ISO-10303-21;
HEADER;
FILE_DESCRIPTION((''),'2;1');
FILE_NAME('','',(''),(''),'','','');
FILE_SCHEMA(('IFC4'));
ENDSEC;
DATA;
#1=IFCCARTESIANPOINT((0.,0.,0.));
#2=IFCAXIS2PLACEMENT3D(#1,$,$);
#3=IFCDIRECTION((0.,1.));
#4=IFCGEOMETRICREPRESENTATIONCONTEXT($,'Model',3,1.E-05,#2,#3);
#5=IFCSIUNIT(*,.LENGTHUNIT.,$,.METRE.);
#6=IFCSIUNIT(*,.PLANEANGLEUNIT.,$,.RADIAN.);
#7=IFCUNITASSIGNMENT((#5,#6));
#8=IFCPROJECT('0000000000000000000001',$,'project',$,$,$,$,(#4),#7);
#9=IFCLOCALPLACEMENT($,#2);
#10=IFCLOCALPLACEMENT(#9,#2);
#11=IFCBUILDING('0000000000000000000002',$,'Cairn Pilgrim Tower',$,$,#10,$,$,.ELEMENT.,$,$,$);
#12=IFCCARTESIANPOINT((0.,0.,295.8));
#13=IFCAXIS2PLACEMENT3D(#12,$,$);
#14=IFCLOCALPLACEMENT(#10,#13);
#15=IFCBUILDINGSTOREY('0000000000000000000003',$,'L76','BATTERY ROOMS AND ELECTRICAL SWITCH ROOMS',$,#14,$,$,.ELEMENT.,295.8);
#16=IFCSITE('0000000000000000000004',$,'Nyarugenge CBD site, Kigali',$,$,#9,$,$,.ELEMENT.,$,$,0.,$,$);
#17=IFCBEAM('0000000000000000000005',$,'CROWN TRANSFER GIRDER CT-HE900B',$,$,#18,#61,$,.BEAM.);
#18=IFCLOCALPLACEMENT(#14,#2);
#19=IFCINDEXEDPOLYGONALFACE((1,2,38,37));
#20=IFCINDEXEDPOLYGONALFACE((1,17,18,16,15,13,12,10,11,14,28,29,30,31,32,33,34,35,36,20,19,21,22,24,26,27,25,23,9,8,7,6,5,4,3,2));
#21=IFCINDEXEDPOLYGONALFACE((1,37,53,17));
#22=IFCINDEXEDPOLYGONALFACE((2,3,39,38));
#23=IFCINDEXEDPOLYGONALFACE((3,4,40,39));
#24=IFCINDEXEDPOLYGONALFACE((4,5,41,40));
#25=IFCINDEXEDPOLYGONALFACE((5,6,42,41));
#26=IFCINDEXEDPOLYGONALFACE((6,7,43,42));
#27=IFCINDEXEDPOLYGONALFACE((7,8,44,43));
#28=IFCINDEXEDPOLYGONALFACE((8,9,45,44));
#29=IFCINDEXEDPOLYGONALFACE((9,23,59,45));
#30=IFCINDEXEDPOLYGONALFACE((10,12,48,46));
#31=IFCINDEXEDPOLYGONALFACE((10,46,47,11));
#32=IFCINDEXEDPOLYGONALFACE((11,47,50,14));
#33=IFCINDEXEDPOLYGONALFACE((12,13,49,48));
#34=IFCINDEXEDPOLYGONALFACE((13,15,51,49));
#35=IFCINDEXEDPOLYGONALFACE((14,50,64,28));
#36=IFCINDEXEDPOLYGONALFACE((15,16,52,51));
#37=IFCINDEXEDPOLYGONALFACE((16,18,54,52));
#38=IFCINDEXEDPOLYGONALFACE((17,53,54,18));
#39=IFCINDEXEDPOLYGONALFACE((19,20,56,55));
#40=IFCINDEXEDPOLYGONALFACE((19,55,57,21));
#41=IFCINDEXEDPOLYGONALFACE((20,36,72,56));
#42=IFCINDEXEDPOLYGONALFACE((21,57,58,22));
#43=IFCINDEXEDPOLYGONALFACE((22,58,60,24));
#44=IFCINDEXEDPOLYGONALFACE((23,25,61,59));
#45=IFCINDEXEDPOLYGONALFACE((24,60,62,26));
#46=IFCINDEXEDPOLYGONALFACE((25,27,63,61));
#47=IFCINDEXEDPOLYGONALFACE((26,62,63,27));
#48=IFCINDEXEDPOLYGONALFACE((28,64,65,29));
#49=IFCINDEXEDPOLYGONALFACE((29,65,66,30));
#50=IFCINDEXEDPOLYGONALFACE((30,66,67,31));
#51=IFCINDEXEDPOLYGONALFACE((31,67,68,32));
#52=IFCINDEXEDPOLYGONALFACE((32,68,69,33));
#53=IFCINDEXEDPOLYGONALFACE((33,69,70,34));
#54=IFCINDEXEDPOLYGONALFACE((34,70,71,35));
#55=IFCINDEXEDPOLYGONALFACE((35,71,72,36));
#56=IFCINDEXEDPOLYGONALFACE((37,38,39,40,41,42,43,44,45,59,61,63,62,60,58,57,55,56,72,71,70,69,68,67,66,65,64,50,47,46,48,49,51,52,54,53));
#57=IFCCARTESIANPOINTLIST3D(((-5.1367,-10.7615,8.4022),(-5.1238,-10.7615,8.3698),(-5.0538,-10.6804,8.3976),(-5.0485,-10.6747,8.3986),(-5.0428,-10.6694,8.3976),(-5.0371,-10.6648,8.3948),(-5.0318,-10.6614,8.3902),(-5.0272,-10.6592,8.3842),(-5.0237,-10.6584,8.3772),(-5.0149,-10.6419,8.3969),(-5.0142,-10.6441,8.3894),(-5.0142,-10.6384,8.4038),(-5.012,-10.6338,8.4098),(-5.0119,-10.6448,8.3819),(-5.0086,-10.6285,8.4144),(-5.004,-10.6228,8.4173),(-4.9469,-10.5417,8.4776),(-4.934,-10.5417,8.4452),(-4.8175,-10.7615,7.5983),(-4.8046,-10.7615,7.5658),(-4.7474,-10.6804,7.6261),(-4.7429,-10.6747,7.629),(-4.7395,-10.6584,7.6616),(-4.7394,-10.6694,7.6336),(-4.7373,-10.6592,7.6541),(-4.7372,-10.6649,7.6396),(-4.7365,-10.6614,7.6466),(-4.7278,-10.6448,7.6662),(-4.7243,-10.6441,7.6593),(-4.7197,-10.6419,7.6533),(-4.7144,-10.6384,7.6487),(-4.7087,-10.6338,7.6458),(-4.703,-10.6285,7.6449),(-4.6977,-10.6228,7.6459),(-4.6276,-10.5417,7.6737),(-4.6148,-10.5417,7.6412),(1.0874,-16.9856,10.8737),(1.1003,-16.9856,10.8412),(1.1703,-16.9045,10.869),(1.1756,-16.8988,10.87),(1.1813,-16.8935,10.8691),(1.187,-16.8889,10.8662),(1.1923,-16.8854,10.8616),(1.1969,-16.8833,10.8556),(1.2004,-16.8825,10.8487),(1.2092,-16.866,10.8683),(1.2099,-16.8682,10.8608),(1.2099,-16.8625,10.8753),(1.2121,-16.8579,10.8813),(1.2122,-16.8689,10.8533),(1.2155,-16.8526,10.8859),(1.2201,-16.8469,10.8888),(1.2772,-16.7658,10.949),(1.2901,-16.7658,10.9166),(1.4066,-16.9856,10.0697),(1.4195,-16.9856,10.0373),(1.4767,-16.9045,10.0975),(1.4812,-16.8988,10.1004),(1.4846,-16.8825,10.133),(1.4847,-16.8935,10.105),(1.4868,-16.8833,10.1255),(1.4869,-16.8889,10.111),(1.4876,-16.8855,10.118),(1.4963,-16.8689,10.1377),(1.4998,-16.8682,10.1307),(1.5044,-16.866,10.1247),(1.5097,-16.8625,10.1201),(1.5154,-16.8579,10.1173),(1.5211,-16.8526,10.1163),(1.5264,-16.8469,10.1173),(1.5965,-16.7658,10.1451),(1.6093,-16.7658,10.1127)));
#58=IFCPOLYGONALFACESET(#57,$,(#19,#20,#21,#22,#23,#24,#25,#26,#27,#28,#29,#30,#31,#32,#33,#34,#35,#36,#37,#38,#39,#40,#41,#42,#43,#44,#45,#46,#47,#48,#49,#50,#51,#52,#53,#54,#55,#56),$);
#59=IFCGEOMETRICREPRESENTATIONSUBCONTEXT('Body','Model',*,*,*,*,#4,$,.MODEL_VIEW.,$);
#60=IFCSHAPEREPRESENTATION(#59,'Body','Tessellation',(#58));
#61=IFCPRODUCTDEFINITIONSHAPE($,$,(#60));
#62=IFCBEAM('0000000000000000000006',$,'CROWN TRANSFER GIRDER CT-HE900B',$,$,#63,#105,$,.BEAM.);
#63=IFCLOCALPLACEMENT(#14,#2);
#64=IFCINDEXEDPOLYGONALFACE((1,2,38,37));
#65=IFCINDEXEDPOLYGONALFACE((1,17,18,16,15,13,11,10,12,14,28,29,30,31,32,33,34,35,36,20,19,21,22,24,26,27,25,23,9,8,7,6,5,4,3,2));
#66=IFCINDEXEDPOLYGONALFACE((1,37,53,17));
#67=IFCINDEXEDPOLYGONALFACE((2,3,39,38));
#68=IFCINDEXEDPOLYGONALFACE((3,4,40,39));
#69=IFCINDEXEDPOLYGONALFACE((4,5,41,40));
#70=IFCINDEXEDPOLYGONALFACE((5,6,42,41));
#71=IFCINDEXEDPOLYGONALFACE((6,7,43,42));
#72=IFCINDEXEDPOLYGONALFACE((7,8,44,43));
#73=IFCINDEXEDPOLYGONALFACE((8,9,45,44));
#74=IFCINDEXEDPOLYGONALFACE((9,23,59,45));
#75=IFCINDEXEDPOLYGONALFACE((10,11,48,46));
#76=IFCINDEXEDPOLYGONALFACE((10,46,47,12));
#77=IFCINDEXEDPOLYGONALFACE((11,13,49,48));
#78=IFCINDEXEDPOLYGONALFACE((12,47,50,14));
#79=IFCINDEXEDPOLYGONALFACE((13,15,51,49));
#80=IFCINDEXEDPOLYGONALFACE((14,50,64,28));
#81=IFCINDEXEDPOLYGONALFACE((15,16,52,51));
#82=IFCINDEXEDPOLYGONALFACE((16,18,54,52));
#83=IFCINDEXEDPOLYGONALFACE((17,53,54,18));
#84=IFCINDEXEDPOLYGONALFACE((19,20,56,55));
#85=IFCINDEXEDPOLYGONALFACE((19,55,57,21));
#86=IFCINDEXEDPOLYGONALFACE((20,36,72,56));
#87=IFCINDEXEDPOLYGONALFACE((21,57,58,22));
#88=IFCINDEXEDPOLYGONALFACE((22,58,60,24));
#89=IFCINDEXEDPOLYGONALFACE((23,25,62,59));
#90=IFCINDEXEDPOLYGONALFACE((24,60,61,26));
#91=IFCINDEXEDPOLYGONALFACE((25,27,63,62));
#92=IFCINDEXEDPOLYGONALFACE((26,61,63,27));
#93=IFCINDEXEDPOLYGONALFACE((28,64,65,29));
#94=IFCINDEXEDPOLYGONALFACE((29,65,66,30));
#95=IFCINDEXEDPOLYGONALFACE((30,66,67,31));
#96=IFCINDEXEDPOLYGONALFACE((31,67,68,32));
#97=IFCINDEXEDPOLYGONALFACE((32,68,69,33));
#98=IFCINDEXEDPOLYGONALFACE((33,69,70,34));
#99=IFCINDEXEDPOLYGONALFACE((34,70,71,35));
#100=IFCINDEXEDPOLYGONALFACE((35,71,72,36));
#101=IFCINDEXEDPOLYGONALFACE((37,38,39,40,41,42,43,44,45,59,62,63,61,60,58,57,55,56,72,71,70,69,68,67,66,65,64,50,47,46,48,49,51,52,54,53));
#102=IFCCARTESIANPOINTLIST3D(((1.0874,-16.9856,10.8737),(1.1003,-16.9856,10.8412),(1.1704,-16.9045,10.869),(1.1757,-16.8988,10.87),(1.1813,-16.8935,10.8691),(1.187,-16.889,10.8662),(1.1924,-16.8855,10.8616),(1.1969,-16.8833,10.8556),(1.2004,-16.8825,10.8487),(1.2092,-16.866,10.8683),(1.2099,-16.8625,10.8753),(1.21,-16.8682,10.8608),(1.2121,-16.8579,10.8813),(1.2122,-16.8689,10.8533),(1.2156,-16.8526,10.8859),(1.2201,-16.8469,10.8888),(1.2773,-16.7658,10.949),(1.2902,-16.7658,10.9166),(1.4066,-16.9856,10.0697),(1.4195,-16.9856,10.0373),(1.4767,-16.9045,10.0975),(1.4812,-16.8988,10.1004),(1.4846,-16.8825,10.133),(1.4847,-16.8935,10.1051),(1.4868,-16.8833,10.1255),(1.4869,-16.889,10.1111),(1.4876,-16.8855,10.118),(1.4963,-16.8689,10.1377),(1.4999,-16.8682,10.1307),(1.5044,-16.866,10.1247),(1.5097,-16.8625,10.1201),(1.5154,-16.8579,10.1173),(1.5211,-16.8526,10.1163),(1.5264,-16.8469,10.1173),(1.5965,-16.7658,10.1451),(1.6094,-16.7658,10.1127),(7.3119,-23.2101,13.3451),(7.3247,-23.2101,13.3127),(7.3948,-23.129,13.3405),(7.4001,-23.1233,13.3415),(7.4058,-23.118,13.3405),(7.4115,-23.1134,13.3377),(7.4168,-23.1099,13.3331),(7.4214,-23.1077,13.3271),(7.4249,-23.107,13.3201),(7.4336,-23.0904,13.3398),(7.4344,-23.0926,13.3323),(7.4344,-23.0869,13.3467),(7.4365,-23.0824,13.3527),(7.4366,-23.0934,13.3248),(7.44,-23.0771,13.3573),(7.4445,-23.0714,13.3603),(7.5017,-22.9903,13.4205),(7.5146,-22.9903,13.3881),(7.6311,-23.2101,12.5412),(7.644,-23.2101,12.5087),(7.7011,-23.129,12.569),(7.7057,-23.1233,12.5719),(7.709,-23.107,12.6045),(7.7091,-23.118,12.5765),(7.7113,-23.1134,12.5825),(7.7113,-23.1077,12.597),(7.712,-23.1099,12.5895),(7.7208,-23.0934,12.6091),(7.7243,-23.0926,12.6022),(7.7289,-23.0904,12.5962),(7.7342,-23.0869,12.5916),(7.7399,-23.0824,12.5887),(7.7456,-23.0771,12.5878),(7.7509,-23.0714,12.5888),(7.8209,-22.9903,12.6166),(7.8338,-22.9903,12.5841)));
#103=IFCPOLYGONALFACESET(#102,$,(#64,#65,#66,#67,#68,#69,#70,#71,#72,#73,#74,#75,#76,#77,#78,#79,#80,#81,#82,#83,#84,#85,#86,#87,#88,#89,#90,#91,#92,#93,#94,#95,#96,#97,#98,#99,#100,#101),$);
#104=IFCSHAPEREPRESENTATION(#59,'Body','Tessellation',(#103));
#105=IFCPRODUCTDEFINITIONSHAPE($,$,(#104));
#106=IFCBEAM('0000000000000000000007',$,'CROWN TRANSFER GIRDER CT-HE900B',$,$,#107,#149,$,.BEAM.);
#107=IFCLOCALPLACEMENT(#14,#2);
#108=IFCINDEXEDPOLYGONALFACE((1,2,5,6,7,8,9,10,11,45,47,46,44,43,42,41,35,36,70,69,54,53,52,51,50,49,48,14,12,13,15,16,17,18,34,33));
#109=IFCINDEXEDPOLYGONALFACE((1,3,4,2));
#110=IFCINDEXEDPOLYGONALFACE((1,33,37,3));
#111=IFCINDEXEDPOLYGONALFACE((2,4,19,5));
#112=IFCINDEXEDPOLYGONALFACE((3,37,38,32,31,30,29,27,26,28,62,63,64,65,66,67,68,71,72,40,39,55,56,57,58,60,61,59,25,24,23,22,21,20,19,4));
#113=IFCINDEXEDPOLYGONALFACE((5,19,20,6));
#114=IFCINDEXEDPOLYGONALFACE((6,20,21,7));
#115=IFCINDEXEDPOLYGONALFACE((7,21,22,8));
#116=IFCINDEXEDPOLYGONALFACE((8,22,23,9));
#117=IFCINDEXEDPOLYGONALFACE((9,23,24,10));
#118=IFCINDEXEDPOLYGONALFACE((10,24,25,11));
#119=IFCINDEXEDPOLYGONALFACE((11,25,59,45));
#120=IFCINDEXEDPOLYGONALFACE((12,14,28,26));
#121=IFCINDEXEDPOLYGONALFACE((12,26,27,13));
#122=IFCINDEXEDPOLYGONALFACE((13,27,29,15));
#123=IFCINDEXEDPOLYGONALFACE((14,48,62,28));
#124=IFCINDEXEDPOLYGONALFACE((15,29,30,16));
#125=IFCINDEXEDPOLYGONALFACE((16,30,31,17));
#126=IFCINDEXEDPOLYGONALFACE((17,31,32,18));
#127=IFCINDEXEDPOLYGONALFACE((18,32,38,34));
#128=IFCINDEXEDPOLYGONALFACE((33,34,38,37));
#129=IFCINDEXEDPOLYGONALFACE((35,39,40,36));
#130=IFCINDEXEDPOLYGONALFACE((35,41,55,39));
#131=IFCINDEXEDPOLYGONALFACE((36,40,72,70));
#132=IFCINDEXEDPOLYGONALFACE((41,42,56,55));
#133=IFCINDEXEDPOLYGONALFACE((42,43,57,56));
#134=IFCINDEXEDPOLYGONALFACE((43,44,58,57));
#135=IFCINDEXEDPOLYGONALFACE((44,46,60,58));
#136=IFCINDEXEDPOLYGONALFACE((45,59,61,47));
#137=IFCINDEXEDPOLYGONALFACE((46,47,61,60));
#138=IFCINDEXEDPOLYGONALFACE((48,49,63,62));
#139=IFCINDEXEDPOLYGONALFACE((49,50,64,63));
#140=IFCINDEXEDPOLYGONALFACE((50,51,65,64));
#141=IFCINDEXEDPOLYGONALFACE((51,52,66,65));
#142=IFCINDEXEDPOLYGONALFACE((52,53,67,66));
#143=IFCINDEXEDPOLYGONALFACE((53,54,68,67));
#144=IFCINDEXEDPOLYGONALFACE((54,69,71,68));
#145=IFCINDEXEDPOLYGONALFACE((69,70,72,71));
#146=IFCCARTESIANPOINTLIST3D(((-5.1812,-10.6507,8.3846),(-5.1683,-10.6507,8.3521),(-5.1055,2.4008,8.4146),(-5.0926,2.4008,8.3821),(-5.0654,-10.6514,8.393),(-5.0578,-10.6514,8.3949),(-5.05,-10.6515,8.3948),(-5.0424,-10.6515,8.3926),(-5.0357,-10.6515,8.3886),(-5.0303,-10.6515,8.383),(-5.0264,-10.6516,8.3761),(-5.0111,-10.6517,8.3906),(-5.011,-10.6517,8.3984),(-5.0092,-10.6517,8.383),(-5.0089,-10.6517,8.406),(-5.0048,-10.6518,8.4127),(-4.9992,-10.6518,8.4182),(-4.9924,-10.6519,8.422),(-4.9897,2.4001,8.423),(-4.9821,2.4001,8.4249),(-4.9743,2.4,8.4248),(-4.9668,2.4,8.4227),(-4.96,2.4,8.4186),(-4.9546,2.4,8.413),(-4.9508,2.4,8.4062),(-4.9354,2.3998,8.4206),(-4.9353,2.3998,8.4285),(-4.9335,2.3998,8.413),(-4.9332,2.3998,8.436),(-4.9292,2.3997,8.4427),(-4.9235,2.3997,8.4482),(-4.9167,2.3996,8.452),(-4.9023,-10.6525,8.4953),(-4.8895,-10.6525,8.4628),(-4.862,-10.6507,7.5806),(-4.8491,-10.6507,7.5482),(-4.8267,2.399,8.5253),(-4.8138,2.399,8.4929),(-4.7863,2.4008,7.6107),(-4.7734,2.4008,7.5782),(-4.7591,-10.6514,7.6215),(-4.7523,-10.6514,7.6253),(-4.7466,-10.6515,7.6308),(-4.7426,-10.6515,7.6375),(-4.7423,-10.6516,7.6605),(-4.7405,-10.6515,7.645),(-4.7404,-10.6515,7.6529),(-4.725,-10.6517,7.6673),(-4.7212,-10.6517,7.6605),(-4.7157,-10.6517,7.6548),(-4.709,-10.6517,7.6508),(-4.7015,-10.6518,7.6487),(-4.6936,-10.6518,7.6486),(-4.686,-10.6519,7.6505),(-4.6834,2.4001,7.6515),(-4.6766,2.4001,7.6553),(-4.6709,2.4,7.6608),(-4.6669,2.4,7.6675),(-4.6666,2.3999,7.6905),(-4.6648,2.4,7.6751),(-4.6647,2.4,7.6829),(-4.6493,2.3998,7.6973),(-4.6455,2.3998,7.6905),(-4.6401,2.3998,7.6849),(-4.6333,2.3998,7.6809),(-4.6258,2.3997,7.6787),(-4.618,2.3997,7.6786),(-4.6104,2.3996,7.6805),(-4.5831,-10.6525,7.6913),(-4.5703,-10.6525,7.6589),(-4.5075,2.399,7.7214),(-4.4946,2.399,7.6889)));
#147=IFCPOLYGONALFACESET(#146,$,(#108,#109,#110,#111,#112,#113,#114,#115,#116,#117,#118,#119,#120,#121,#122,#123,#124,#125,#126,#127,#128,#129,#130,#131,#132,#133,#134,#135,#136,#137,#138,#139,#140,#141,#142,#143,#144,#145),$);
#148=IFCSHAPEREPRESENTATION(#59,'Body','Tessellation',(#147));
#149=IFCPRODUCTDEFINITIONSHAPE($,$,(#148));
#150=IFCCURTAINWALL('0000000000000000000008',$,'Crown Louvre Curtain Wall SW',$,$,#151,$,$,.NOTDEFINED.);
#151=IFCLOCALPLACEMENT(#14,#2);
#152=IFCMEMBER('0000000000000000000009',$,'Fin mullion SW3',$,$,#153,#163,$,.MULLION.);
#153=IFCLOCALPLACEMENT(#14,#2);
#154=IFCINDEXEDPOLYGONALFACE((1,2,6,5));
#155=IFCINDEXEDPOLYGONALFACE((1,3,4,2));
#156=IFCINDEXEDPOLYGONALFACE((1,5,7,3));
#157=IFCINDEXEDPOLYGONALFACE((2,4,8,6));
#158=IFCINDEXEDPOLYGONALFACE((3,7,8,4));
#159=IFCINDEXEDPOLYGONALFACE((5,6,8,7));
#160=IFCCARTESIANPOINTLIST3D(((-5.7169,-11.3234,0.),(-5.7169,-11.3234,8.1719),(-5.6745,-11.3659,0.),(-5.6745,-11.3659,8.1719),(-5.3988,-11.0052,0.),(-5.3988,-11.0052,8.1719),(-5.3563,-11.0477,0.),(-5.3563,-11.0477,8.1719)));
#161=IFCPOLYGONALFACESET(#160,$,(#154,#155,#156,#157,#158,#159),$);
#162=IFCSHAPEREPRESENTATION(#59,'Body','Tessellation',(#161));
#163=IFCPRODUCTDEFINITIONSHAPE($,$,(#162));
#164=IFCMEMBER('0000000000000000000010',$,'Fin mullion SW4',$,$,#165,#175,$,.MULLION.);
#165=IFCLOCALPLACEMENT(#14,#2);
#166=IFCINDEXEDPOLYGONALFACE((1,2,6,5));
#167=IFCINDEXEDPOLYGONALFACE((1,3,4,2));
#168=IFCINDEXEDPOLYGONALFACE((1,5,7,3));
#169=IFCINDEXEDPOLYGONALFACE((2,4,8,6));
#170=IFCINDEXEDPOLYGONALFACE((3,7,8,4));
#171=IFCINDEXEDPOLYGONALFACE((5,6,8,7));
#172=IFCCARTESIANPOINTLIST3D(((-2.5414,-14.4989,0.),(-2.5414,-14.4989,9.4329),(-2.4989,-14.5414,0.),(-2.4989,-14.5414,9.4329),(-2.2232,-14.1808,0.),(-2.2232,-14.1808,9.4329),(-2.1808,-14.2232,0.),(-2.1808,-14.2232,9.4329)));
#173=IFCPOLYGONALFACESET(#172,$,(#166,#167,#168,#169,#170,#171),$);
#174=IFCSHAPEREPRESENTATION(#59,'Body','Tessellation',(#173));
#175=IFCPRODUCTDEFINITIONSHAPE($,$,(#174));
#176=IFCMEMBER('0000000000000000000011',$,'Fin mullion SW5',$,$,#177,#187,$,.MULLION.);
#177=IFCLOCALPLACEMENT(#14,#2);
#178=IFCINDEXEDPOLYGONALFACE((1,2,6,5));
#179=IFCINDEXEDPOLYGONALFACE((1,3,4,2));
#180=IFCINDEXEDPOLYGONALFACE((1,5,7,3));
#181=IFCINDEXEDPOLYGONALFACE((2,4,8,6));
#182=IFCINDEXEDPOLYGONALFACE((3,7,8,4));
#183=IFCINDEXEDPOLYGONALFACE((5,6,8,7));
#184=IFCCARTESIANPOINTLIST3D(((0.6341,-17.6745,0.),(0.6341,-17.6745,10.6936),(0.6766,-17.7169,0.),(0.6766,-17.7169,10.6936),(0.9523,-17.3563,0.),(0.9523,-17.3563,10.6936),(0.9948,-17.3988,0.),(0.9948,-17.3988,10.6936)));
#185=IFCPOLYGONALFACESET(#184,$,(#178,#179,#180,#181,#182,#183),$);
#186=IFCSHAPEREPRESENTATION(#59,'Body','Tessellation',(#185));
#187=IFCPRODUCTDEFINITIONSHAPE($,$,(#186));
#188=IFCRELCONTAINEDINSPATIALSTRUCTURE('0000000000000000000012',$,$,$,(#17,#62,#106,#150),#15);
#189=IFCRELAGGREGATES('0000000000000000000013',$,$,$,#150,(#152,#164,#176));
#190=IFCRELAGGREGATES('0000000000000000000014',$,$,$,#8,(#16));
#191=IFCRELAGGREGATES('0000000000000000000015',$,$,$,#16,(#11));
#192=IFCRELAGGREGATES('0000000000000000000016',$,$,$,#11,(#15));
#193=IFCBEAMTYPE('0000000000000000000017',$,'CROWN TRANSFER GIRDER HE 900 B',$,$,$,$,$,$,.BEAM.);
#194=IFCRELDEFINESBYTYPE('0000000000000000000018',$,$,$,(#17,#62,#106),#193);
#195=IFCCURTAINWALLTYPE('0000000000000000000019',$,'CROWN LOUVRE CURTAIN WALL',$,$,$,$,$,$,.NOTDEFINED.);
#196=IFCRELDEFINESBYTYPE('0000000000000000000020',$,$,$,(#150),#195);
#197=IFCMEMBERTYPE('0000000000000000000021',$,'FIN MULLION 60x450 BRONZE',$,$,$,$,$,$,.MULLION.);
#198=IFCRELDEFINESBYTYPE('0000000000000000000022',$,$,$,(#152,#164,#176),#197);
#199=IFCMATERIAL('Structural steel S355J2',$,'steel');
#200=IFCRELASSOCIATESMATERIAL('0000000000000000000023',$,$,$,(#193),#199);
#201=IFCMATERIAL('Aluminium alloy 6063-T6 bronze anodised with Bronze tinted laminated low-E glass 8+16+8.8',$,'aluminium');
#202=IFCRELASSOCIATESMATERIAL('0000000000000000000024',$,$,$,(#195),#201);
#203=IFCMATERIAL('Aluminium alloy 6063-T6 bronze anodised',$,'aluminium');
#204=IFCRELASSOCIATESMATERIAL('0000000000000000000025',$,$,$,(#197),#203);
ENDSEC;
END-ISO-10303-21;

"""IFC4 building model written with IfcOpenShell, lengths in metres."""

from ifc_helpers import new_model, si_unit, direction, frame, origin, origin_2d, place, context, subcontext, project, spatial, rectangle, i_section, extrude, material, material_profile, profile_set, type_object, element, aggregate, save


model = new_model("IFC4")

# Units and contexts
model_context = context("Model", 3, precision=1e-05, world=origin(), true_north=direction((0.0, 1.0)))
body_context = subcontext(model_context, "Body", "Model", "MODEL_VIEW")
ifc_project = project(units=[si_unit("LENGTHUNIT", "METRE"), si_unit("PLANEANGLEUNIT", "RADIAN")], contexts=[model_context])

# Site, building, storey
site_placement = place(None, origin())
site = spatial("IfcSite", under=ifc_project, at=site_placement, Name="Nyarugenge CBD site, Kigali", CompositionType="ELEMENT", RefElevation=0.0)
building_placement = place(site_placement, origin())
building = spatial("IfcBuilding", under=site, at=building_placement, Name="Cairn Pilgrim Tower", CompositionType="ELEMENT")
storey_placement = place(building_placement, frame((0.0, 0.0, 295.8)))
storey = spatial("IfcBuildingStorey", under=building, at=storey_placement, Name="L76", Description="BATTERY ROOMS AND ELECTRICAL SWITCH ROOMS", CompositionType="ELEMENT", Elevation=295.8)

# Shared definitions
ifc_material_1 = material(Name="Structural steel S355J2", Category="steel")

# Beams
ifc_material_profile_1 = material_profile(ifc_material_1, i_section(OverallWidth=0.3, OverallDepth=0.8999, WebThickness=0.0186, FlangeThickness=0.0349, FilletRadius=0.03, at=origin_2d()), Name="HEB 900")
ifc_profile_set_1 = profile_set([ifc_material_profile_1], Name="Structural steel S355J2")
beam_type_1 = type_object("IfcBeamType", Name="CROWN TRANSFER GIRDER HE 900 B", PredefinedType="BEAM", material=ifc_profile_set_1)
beam_1_placement = place(storey_placement, frame((-4.8757, -10.6516, 8.0217), z_axis=(0.680781, -0.680781, 0.270321), x_axis=(0.632729, 0.732487, 0.251231)))
element("IfcBeam", 1, at=beam_1_placement, inside=storey, type_object=beam_type_1, Name="CROWN TRANSFER GIRDER CT-HE900B", PredefinedType="BEAM", context=body_context, shape_type="SweptSolid", body=[
    extrude(i_section(OverallWidth=0.3, OverallDepth=0.8999, WebThickness=0.0186, FlangeThickness=0.0349, FilletRadius=0.03, at=origin_2d()), origin(), (0.0, 0.0, 1.0), 9.1426),
])
beam_2_placement = place(storey_placement, frame((1.3484, -16.8757, 10.4932), z_axis=(0.680783, -0.680783, 0.270311), x_axis=(0.632731, 0.732485, 0.251232)))
element("IfcBeam", 2, at=beam_2_placement, inside=storey, type_object=beam_type_1, Name="CROWN TRANSFER GIRDER CT-HE900B", PredefinedType="BEAM", context=body_context, shape_type="SweptSolid", body=[
    extrude(i_section(OverallWidth=0.3, OverallDepth=0.8999, WebThickness=0.0186, FlangeThickness=0.0349, FilletRadius=0.03, at=origin_2d()), origin(), (0.0, 0.0, 1.0), 9.1431),
])
beam_3_placement = place(storey_placement, frame((-4.8757, -10.6516, 8.0217), z_axis=(0.005799, 0.999981, 0.002301), x_axis=(-0.929398, 0.006238, -0.369026)))
element("IfcBeam", 3, at=beam_3_placement, inside=storey, type_object=beam_type_1, Name="CROWN TRANSFER GIRDER CT-HE900B", PredefinedType="BEAM", context=body_context, shape_type="SweptSolid", body=[
    extrude(i_section(OverallWidth=0.3, OverallDepth=0.8999, WebThickness=0.0186, FlangeThickness=0.0349, FilletRadius=0.03, at=origin_2d()), origin(), (0.0, 0.0, 1.0), 13.0518),
])

# Curtain wall, members
ifc_material_2 = material(Name="Aluminium alloy 6063-T6 bronze anodised with Bronze tinted laminated low-E glass 8+16+8.8", Category="aluminium")
curtain_wall_type = type_object("IfcCurtainWallType", Name="CROWN LOUVRE CURTAIN WALL", PredefinedType="NOTDEFINED", material=ifc_material_2)
curtain_wall_placement = place(storey_placement, origin())
curtain_wall = element("IfcCurtainWall", 4, at=curtain_wall_placement, inside=storey, type_object=curtain_wall_type, Name="Crown Louvre Curtain Wall SW", PredefinedType="NOTDEFINED")
ifc_material_3 = material(Name="Aluminium alloy 6063-T6 bronze anodised", Category="aluminium")
ifc_material_profile_2 = material_profile(ifc_material_3, rectangle(XDim=0.45, YDim=0.0601, at=origin_2d()), Name="FIN MULLION 60x450 BRONZE")
ifc_profile_set_2 = profile_set([ifc_material_profile_2], Name="Aluminium alloy 6063-T6 bronze anodised")
member_type_1 = type_object("IfcMemberType", Name="FIN MULLION 60x450 BRONZE", PredefinedType="MULLION", material=ifc_profile_set_2)
member_1_placement = place(storey_placement, frame((-5.5366, -11.1855, 0.0), z_axis=(0.0, 0.0, 1.0), x_axis=(-0.707107, -0.707107, 0.0)))
member_1 = element("IfcMember", 5, at=member_1_placement, type_object=member_type_1, Name="Fin mullion SW3", PredefinedType="MULLION", context=body_context, shape_type="SweptSolid", body=[
    extrude(rectangle(XDim=0.45, YDim=0.0601, at=origin_2d()), origin(), (0.0, 0.0, 1.0), 8.1719),
])
member_2_placement = place(storey_placement, frame((-2.3611, -14.3611, 0.0), z_axis=(0.0, 0.0, 1.0), x_axis=(-0.707107, -0.707107, 0.0)))
member_2 = element("IfcMember", 6, at=member_2_placement, type_object=member_type_1, Name="Fin mullion SW4", PredefinedType="MULLION", context=body_context, shape_type="SweptSolid", body=[
    extrude(rectangle(XDim=0.45, YDim=0.0601, at=origin_2d()), origin(), (0.0, 0.0, 1.0), 9.4329),
])
member_3_placement = place(storey_placement, frame((0.8145, -17.5366, 0.0), z_axis=(0.0, 0.0, 1.0), x_axis=(-0.707107, -0.707107, 0.0)))
member_3 = element("IfcMember", 7, at=member_3_placement, type_object=member_type_1, Name="Fin mullion SW5", PredefinedType="MULLION", context=body_context, shape_type="SweptSolid", body=[
    extrude(rectangle(XDim=0.45, YDim=0.0601, at=origin_2d()), origin(), (0.0, 0.0, 1.0), 10.6936),
])

aggregate(curtain_wall, [member_1, member_2, member_3])

save(model, "model.ifc")
